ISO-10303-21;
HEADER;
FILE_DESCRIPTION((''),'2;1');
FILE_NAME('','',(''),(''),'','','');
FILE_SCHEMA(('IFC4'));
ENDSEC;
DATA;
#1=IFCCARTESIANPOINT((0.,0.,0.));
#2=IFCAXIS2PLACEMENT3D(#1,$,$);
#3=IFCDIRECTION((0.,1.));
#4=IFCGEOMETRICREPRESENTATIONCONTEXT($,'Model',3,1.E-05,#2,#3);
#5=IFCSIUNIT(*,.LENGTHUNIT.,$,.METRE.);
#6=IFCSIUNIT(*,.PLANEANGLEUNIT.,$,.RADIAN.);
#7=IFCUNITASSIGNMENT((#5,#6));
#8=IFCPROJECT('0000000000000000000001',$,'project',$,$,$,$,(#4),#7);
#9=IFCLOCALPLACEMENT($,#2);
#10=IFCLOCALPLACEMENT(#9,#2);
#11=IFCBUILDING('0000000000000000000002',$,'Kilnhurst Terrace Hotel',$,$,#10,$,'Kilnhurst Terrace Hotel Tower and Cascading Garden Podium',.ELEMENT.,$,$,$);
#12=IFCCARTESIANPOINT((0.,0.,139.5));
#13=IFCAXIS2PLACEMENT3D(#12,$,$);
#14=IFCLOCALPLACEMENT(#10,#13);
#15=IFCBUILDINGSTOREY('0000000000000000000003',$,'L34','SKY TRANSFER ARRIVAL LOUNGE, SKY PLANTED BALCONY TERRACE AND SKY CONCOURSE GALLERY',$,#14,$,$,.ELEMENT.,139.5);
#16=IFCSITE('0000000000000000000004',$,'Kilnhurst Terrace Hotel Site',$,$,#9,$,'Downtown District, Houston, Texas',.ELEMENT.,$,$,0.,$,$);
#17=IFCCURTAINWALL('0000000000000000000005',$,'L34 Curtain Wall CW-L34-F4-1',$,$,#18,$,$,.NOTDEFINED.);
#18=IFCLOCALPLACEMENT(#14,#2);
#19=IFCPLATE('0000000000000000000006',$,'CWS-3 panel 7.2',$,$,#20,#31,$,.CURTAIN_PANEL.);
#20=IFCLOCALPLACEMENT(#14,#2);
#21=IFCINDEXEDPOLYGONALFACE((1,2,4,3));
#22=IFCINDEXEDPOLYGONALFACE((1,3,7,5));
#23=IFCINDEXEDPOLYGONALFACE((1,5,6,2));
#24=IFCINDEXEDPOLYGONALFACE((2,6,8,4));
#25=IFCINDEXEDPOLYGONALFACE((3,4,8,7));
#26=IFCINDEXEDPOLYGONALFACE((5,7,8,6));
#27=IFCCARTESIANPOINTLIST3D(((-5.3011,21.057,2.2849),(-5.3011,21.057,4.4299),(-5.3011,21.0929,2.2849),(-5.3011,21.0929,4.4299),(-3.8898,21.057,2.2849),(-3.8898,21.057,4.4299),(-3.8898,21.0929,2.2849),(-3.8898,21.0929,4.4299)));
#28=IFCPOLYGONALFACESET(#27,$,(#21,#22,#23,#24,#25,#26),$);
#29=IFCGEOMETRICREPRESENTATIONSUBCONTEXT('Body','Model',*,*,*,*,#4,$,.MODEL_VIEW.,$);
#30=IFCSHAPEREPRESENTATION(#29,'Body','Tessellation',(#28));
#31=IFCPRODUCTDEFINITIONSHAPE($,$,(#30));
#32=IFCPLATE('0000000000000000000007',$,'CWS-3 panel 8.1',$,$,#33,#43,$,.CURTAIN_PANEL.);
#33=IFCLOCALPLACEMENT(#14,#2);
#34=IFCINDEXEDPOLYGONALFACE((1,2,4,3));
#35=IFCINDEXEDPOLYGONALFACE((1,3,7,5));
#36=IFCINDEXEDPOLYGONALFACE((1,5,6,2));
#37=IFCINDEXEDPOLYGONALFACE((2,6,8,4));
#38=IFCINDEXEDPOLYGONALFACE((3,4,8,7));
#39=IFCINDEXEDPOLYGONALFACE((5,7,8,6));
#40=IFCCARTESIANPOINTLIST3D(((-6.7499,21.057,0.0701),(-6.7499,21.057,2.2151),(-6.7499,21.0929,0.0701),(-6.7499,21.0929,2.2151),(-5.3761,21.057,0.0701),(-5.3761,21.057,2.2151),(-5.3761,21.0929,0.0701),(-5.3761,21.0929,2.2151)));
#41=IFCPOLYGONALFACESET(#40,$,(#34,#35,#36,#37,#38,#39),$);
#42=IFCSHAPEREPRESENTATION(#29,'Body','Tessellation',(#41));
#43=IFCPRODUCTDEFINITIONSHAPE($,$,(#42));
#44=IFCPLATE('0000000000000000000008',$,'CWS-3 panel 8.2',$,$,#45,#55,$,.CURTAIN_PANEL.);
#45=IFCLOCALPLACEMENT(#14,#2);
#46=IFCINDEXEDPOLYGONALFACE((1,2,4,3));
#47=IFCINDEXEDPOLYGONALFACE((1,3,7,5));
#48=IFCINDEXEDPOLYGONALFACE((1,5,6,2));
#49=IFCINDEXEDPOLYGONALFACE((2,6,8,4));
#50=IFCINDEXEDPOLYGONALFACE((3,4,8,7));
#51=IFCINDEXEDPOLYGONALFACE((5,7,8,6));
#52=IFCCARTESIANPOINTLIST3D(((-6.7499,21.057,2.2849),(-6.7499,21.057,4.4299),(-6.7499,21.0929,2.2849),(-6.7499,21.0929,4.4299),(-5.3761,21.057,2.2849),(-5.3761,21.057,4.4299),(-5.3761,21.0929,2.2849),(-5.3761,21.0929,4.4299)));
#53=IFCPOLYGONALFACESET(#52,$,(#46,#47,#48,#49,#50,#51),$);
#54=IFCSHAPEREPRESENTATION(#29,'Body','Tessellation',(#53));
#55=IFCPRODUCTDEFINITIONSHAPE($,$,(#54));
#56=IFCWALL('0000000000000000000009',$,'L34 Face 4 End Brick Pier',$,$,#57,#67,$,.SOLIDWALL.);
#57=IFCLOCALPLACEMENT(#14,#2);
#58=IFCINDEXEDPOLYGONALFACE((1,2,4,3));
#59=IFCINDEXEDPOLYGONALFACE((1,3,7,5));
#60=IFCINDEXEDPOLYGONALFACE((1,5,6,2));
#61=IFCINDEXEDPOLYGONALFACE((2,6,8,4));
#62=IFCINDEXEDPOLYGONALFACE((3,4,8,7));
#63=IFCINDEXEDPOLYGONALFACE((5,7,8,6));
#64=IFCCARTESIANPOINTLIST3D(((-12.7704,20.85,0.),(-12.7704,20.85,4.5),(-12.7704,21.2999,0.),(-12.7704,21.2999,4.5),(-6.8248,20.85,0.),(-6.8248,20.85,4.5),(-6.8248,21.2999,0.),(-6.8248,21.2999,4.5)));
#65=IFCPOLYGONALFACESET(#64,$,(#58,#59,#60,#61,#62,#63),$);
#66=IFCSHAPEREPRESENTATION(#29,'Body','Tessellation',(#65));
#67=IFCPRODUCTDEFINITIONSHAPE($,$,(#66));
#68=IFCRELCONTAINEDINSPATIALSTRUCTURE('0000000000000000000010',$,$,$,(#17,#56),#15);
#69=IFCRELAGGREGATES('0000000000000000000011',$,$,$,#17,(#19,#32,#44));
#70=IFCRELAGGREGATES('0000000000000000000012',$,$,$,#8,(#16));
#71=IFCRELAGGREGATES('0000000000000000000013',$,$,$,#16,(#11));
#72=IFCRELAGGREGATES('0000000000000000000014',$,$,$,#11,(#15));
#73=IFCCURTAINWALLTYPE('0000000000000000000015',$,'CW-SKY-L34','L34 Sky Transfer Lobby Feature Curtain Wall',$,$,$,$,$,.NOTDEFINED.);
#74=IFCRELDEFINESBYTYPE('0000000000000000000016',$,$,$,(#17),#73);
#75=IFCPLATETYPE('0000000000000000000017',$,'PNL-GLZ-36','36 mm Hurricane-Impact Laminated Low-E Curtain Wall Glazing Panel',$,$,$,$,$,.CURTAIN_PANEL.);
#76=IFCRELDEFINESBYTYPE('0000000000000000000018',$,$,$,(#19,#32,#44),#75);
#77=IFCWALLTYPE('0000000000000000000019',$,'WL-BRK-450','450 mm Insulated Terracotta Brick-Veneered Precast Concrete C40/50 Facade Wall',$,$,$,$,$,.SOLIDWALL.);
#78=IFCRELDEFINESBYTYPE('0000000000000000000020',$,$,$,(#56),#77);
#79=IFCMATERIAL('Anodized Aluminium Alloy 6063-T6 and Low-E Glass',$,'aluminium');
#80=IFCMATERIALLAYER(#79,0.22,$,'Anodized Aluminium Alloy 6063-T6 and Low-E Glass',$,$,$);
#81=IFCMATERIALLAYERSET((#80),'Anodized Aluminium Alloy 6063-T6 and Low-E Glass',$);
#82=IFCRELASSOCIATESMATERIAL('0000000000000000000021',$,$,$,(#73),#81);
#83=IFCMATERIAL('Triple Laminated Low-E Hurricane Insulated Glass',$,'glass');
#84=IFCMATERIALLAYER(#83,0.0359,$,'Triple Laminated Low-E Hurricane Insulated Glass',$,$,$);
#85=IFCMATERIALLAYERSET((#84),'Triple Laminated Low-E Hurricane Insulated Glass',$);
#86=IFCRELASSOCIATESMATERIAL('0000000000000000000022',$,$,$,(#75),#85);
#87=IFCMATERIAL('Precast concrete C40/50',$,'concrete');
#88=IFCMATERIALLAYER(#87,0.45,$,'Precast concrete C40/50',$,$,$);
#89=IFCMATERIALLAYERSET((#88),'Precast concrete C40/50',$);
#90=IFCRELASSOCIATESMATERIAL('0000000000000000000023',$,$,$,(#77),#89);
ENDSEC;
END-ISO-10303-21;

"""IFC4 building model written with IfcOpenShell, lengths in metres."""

from ifc_helpers import new_model, si_unit, direction, frame, frame_2d, origin, origin_2d, place, context, subcontext, project, spatial, rectangle, extrude, material, layer, layer_set, type_object, element, aggregate, save


model = new_model("IFC4")

# Units and contexts
model_context = context("Model", 3, precision=1e-05, world=origin(), true_north=direction((0.0, 1.0)))
body_context = subcontext(model_context, "Body", "Model", "MODEL_VIEW")
ifc_project = project(units=[si_unit("LENGTHUNIT", "METRE"), si_unit("PLANEANGLEUNIT", "RADIAN")], contexts=[model_context])

# Site, building, storey
site_placement = place(None, origin())
site = spatial("IfcSite", under=ifc_project, at=site_placement, Name="Kilnhurst Terrace Hotel Site", LongName="Downtown District, Houston, Texas", CompositionType="ELEMENT", RefElevation=0.0)
building_placement = place(site_placement, origin())
building = spatial("IfcBuilding", under=site, at=building_placement, Name="Kilnhurst Terrace Hotel", LongName="Kilnhurst Terrace Hotel Tower and Cascading Garden Podium", CompositionType="ELEMENT")
storey_placement = place(building_placement, frame((0.0, 0.0, 139.5)))
storey = spatial("IfcBuildingStorey", under=building, at=storey_placement, Name="L34", Description="SKY TRANSFER ARRIVAL LOUNGE, SKY PLANTED BALCONY TERRACE AND SKY CONCOURSE GALLERY", CompositionType="ELEMENT", Elevation=139.5)

# Curtain wall, plates
ifc_material_1 = material(Name="Anodized Aluminium Alloy 6063-T6 and Low-E Glass", Category="aluminium")
ifc_layer_1 = layer(ifc_material_1, 0.22, Name="Anodized Aluminium Alloy 6063-T6 and Low-E Glass")
ifc_layer_set_1 = layer_set([ifc_layer_1], Name="Anodized Aluminium Alloy 6063-T6 and Low-E Glass")
curtain_wall_type = type_object("IfcCurtainWallType", Name="CW-SKY-L34", Description="L34 Sky Transfer Lobby Feature Curtain Wall", PredefinedType="NOTDEFINED", material=ifc_layer_set_1)
curtain_wall_placement = place(storey_placement, origin())
curtain_wall = element("IfcCurtainWall", 1, at=curtain_wall_placement, inside=storey, type_object=curtain_wall_type, Name="L34 Curtain Wall CW-L34-F4-1", PredefinedType="NOTDEFINED")
ifc_material_2 = material(Name="Triple Laminated Low-E Hurricane Insulated Glass", Category="glass")
ifc_layer_2 = layer(ifc_material_2, 0.0359, Name="Triple Laminated Low-E Hurricane Insulated Glass")
ifc_layer_set_2 = layer_set([ifc_layer_2], Name="Triple Laminated Low-E Hurricane Insulated Glass")
plate_type = type_object("IfcPlateType", Name="PNL-GLZ-36", Description="36 mm Hurricane-Impact Laminated Low-E Curtain Wall Glazing Panel", PredefinedType="CURTAIN_PANEL", material=ifc_layer_set_2)
plate_1_placement = place(storey_placement, frame((-4.5955, 21.075, 2.2849), z_axis=(0.0, 0.0, 1.0), x_axis=(-1.0, 0.0, 0.0)))
plate_1 = element("IfcPlate", 2, at=plate_1_placement, type_object=plate_type, Name="CWS-3 panel 7.2", PredefinedType="CURTAIN_PANEL", context=body_context, shape_type="SweptSolid", body=[
    extrude(rectangle(XDim=1.4114, YDim=0.0359, at=origin_2d()), origin(), (0.0, 0.0, 1.0), 2.145),
])
plate_2_placement = place(storey_placement, frame((-6.063, 21.075, 0.0701), z_axis=(0.0, 0.0, 1.0), x_axis=(-1.0, 0.0, 0.0)))
plate_2 = element("IfcPlate", 3, at=plate_2_placement, type_object=plate_type, Name="CWS-3 panel 8.1", PredefinedType="CURTAIN_PANEL", context=body_context, shape_type="SweptSolid", body=[
    extrude(rectangle(XDim=1.3738, YDim=0.0359, at=origin_2d()), origin(), (0.0, 0.0, 1.0), 2.145),
])
plate_3_placement = place(storey_placement, frame((-6.063, 21.075, 2.2849), z_axis=(0.0, 0.0, 1.0), x_axis=(-1.0, 0.0, 0.0)))
plate_3 = element("IfcPlate", 4, at=plate_3_placement, type_object=plate_type, Name="CWS-3 panel 8.2", PredefinedType="CURTAIN_PANEL", context=body_context, shape_type="SweptSolid", body=[
    extrude(rectangle(XDim=1.3738, YDim=0.0359, at=origin_2d()), origin(), (0.0, 0.0, 1.0), 2.145),
])
aggregate(curtain_wall, [plate_1, plate_2, plate_3])

# Wall
ifc_material_3 = material(Name="Precast concrete C40/50", Category="concrete")
ifc_layer_3 = layer(ifc_material_3, 0.45, Name="Precast concrete C40/50")
ifc_layer_set_3 = layer_set([ifc_layer_3], Name="Precast concrete C40/50")
wall_type = type_object("IfcWallType", Name="WL-BRK-450", Description="450 mm Insulated Terracotta Brick-Veneered Precast Concrete C40/50 Facade Wall", PredefinedType="SOLIDWALL", material=ifc_layer_set_3)
wall_placement = place(storey_placement, frame((-6.825, 21.075, 0.0), z_axis=(0.0, 0.0, 1.0), x_axis=(-1.0, 0.0, 0.0)))
element("IfcWall", 5, at=wall_placement, inside=storey, type_object=wall_type, Name="L34 Face 4 End Brick Pier", PredefinedType="SOLIDWALL", context=body_context, shape_type="SweptSolid", body=[
    extrude(rectangle(XDim=5.9456, YDim=0.45, at=frame_2d((2.9727, 0.0))), origin(), (0.0, 0.0, 1.0), 4.5),
])

save(model, "model.ifc")
